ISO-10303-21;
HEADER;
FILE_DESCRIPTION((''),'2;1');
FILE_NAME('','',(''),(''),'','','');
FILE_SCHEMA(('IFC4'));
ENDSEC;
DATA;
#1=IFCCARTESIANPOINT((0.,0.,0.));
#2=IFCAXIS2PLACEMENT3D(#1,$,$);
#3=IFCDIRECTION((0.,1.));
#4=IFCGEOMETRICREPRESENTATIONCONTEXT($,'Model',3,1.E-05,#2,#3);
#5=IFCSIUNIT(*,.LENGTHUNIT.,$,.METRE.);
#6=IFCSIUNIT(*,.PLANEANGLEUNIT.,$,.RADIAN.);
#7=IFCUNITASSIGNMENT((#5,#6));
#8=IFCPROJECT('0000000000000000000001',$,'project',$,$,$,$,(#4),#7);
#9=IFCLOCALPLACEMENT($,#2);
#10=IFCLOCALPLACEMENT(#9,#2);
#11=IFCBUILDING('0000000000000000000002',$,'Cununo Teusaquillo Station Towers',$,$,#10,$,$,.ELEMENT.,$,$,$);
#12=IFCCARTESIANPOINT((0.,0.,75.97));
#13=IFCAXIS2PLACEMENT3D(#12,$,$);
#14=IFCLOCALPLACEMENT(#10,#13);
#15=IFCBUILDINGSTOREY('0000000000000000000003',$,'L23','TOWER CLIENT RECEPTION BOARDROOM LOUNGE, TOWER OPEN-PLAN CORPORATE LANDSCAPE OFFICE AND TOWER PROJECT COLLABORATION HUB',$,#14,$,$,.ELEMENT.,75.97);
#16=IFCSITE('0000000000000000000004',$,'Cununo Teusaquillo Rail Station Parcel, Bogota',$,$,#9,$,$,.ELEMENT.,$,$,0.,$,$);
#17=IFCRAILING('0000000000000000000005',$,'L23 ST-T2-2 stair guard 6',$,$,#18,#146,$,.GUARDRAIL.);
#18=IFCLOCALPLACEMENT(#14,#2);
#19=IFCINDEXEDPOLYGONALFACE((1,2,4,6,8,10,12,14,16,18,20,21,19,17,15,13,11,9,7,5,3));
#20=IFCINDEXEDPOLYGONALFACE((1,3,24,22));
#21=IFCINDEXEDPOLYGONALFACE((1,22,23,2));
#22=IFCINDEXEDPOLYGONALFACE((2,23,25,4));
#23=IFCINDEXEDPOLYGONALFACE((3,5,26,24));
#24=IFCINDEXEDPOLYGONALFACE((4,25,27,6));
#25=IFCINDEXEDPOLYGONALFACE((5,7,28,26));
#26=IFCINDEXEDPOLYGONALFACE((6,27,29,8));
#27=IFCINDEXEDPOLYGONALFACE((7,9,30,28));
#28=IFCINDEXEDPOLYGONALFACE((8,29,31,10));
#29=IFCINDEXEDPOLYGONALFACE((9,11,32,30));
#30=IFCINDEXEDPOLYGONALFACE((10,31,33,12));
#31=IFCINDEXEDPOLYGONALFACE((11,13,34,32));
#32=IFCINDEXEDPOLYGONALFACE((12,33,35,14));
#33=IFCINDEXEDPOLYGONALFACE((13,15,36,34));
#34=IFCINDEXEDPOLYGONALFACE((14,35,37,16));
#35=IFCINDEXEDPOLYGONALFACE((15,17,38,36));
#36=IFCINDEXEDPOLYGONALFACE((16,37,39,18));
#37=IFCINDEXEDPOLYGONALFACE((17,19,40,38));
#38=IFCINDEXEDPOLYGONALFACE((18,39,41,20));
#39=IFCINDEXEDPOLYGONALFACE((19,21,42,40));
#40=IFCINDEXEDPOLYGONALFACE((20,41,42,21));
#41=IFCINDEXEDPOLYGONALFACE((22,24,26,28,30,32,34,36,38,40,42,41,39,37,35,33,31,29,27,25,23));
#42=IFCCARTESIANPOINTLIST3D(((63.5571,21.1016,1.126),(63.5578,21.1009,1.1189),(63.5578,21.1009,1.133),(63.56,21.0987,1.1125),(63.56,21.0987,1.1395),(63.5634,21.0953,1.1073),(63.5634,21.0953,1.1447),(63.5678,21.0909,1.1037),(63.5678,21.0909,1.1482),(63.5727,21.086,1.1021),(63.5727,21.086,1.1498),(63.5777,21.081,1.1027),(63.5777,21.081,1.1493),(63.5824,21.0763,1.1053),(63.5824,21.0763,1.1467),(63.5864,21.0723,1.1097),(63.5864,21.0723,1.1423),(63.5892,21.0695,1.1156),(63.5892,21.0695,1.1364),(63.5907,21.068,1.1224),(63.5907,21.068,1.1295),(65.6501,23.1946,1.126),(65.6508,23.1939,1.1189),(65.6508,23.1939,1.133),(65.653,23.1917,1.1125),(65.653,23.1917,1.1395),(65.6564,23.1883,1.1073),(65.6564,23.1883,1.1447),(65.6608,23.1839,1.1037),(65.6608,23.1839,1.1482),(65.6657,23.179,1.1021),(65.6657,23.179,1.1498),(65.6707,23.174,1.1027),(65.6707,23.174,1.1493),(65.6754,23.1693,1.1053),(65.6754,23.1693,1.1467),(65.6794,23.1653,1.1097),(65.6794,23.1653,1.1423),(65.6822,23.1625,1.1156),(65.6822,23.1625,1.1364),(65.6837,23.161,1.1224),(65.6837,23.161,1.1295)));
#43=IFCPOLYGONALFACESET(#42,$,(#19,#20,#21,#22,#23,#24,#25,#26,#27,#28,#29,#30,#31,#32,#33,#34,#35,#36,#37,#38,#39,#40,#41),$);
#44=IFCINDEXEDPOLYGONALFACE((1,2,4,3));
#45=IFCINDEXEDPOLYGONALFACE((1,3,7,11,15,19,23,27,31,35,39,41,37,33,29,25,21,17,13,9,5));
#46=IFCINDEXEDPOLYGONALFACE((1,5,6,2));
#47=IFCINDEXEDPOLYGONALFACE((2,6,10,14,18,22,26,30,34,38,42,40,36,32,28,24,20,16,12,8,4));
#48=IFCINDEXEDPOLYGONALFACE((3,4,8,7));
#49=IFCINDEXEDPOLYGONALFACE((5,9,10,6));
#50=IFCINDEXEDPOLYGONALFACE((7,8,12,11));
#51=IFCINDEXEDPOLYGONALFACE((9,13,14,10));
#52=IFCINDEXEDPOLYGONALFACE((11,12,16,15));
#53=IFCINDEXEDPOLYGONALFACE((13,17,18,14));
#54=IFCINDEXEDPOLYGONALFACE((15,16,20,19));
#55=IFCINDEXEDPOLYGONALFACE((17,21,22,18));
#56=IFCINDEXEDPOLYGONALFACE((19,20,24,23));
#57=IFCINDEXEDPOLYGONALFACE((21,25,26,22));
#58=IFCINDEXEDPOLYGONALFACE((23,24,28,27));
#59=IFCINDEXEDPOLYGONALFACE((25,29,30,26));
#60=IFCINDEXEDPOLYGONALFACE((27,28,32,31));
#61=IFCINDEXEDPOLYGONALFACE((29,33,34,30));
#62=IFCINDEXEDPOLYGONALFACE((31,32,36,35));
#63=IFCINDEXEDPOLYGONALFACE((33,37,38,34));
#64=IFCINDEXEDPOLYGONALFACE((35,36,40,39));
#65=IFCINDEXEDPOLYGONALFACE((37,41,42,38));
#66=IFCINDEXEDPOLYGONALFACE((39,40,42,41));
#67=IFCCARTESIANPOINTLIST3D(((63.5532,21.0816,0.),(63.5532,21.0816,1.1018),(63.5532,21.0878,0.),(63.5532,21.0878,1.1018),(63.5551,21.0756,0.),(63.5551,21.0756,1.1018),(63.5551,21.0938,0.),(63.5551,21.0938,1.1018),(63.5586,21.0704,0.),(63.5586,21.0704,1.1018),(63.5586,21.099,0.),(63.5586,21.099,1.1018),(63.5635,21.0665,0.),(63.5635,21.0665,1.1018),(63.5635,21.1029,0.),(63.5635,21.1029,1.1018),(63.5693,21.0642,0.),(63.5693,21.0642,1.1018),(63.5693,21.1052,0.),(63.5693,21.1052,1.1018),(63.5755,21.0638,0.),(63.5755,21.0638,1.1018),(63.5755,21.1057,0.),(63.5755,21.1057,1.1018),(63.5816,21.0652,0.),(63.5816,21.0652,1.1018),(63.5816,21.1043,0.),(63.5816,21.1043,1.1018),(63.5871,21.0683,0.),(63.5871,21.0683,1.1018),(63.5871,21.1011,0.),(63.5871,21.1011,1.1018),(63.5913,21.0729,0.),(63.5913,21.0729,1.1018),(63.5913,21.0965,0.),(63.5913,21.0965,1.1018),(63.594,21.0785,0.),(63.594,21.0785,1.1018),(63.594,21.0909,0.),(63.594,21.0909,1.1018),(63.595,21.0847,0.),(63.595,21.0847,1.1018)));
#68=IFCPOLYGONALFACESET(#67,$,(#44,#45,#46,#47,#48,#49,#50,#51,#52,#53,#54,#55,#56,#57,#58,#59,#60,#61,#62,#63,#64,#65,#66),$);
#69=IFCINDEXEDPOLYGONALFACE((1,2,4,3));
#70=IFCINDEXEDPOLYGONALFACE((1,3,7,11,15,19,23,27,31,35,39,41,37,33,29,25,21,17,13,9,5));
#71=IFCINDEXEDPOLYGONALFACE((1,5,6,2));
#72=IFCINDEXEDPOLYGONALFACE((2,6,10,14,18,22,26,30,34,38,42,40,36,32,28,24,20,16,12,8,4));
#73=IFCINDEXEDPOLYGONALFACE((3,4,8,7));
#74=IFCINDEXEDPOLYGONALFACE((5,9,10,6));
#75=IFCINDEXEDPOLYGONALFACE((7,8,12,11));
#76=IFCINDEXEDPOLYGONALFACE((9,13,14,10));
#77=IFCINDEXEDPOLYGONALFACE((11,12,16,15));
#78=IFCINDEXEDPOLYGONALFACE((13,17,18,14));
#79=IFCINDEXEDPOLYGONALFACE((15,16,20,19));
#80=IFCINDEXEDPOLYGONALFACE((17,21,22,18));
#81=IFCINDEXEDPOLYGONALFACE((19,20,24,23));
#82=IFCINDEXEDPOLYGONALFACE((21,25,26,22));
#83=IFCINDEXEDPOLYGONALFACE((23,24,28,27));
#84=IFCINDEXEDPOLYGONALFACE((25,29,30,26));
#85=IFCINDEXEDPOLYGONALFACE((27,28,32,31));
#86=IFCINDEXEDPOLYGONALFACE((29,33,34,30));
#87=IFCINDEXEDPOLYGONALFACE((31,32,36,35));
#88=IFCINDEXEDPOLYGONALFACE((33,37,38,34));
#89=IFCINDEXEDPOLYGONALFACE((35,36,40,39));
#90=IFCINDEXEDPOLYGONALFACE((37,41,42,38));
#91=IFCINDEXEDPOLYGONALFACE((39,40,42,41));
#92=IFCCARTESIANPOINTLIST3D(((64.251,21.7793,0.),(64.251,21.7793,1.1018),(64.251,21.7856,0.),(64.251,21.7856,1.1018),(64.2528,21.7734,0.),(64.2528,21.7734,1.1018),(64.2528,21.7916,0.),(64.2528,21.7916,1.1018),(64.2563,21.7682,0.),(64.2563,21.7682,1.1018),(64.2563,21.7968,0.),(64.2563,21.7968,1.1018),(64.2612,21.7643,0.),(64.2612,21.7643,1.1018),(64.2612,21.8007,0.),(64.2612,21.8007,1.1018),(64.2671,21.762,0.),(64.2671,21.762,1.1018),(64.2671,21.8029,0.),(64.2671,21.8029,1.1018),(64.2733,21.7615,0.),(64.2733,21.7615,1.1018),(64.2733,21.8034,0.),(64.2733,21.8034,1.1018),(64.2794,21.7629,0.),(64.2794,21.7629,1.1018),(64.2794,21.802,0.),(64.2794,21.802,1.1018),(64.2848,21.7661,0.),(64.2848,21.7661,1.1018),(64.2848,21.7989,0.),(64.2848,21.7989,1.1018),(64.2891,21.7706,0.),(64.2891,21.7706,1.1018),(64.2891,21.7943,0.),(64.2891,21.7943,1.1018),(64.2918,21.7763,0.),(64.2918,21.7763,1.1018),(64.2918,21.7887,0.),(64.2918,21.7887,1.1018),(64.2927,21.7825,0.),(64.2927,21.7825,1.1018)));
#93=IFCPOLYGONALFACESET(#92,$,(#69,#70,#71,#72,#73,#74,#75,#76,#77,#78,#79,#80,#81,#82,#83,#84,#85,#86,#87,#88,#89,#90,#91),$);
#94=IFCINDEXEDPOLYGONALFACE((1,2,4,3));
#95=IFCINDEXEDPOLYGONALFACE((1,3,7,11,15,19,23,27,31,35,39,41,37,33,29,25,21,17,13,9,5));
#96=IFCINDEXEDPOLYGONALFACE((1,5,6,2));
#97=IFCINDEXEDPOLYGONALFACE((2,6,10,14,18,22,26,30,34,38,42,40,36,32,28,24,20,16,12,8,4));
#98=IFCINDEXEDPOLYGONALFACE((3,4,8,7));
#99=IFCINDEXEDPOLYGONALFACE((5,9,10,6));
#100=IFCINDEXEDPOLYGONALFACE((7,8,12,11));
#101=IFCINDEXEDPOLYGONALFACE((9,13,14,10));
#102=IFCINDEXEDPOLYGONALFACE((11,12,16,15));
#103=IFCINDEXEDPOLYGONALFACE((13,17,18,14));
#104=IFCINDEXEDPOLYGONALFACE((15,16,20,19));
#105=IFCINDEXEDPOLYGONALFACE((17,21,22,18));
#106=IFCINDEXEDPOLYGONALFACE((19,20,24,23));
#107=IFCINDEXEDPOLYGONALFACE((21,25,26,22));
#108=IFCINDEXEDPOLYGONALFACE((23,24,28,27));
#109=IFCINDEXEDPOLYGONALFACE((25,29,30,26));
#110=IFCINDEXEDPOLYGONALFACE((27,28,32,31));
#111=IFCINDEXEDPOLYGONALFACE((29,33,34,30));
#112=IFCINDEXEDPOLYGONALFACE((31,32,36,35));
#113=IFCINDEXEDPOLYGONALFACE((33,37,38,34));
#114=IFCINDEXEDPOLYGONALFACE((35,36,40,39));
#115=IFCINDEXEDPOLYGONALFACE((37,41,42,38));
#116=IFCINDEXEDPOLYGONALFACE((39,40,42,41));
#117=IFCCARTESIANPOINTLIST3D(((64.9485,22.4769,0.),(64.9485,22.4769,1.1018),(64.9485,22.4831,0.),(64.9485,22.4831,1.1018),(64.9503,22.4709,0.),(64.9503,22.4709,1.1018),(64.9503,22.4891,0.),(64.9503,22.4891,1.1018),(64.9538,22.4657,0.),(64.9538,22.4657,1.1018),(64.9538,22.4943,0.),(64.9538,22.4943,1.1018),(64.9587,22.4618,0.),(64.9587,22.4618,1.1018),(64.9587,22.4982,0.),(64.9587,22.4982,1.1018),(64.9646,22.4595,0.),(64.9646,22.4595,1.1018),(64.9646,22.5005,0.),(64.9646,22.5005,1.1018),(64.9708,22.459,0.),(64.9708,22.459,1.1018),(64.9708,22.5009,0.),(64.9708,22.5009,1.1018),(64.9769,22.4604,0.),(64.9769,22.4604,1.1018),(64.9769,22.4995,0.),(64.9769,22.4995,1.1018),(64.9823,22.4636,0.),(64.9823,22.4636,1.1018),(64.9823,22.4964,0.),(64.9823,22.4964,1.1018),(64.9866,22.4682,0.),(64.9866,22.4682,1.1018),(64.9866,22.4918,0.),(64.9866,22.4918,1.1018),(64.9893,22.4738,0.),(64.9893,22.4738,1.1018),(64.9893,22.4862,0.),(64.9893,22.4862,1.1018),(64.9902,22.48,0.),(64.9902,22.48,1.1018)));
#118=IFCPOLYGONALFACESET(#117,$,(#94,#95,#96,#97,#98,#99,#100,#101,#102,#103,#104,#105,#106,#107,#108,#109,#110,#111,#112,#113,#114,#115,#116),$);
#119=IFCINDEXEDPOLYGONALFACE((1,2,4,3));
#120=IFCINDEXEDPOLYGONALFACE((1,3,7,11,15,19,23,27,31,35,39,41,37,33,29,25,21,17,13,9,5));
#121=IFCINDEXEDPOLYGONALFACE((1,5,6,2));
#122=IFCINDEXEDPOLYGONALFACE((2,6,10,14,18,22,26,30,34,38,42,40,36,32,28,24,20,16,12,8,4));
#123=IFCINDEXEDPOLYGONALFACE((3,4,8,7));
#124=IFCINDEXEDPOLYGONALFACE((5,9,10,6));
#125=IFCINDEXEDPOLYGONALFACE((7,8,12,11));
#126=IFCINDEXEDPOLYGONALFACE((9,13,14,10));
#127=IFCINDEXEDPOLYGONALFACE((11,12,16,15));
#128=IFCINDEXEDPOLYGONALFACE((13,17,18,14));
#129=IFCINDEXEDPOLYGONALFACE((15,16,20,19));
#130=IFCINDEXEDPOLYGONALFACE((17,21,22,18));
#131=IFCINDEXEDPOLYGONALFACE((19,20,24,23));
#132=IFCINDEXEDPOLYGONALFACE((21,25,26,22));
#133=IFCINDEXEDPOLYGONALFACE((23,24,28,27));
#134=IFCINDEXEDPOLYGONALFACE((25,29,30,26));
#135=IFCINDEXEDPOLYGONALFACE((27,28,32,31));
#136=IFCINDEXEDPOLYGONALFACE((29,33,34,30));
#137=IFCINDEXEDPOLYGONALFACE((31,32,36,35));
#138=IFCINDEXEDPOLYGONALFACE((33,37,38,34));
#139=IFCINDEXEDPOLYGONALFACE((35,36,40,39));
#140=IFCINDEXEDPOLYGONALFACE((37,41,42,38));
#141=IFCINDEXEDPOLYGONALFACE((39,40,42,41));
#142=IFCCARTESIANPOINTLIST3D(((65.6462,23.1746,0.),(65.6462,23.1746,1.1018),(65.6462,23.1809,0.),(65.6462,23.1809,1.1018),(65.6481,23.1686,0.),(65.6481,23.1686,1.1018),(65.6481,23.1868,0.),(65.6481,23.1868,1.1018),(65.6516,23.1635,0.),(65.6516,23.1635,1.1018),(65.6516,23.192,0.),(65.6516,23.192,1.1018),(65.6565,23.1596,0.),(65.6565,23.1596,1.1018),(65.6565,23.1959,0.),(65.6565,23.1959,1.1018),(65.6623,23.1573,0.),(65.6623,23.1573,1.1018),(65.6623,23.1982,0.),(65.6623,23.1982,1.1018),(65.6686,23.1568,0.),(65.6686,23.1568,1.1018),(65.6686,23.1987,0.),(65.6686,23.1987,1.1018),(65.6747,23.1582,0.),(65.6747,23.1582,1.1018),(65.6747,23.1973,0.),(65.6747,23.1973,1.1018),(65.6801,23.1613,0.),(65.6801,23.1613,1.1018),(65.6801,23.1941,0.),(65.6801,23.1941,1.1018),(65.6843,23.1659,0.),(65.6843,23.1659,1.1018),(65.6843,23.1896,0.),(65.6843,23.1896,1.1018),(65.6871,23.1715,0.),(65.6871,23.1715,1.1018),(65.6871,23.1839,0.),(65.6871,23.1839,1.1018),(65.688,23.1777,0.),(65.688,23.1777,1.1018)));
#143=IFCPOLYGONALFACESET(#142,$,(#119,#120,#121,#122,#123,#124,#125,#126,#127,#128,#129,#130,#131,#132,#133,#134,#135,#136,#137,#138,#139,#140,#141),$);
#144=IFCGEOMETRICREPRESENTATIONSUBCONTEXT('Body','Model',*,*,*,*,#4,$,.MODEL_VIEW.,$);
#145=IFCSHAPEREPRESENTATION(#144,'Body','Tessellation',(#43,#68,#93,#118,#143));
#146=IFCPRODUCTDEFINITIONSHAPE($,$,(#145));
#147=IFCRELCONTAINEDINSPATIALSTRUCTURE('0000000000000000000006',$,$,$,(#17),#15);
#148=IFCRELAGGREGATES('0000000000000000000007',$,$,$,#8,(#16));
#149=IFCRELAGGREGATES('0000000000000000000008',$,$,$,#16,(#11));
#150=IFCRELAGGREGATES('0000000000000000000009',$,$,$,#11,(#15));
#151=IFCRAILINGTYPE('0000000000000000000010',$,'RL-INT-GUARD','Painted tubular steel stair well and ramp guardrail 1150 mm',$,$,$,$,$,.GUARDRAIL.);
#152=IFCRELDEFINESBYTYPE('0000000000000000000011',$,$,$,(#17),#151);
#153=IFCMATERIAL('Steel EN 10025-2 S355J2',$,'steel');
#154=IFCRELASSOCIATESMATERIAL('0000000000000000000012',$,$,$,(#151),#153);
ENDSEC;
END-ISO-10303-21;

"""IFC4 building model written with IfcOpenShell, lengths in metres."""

from ifc_helpers import new_model, si_unit, direction, frame, origin, origin_2d, place, context, subcontext, project, spatial, circle, extrude, material, type_object, element, save


model = new_model("IFC4")

# Units and contexts
model_context = context("Model", 3, precision=1e-05, world=origin(), true_north=direction((0.0, 1.0)))
body_context = subcontext(model_context, "Body", "Model", "MODEL_VIEW")
ifc_project = project(units=[si_unit("LENGTHUNIT", "METRE"), si_unit("PLANEANGLEUNIT", "RADIAN")], contexts=[model_context])

# Site, building, storey
site_placement = place(None, origin())
site = spatial("IfcSite", under=ifc_project, at=site_placement, Name="Cununo Teusaquillo Rail Station Parcel, Bogota", CompositionType="ELEMENT", RefElevation=0.0)
building_placement = place(site_placement, origin())
building = spatial("IfcBuilding", under=site, at=building_placement, Name="Cununo Teusaquillo Station Towers", CompositionType="ELEMENT")
storey_placement = place(building_placement, frame((0.0, 0.0, 75.97)))
storey = spatial("IfcBuildingStorey", under=building, at=storey_placement, Name="L23", Description="TOWER CLIENT RECEPTION BOARDROOM LOUNGE, TOWER OPEN-PLAN CORPORATE LANDSCAPE OFFICE AND TOWER PROJECT COLLABORATION HUB", CompositionType="ELEMENT", Elevation=75.97)

# Railing
ifc_material_1 = material(Name="Steel EN 10025-2 S355J2", Category="steel")
railing_type = type_object("IfcRailingType", Name="RL-INT-GUARD", Description="Painted tubular steel stair well and ramp guardrail 1150 mm", PredefinedType="GUARDRAIL", material=ifc_material_1)
railing_1_placement = place(storey_placement, frame((63.574, 21.0847, 0.0)))
element("IfcRailing", 1, at=railing_1_placement, inside=storey, type_object=railing_type, Name="L23 ST-T2-2 stair guard 6", PredefinedType="GUARDRAIL", context=body_context, shape_type="SweptSolid", body=[
    extrude(circle(Radius=0.0239, at=origin_2d()), frame((0.0, 0.0, 1.126), z_axis=(0.707107, 0.707107, 0.0), x_axis=(-0.707107, 0.707107, 0.0)), (0.0, 0.0, 1.0), 2.96),
    extrude(circle(Radius=0.021, at=origin_2d()), origin(), (0.0, 0.0, 1.0), 1.1018),
    extrude(circle(Radius=0.021, at=origin_2d()), frame((0.6978, 0.6978, 0.0)), (0.0, 0.0, 1.0), 1.1018),
    extrude(circle(Radius=0.021, at=origin_2d()), frame((1.3953, 1.3953, 0.0)), (0.0, 0.0, 1.0), 1.1018),
    extrude(circle(Radius=0.021, at=origin_2d()), frame((2.093, 2.093, 0.0)), (0.0, 0.0, 1.0), 1.1018),
])

save(model, "model.ifc")
